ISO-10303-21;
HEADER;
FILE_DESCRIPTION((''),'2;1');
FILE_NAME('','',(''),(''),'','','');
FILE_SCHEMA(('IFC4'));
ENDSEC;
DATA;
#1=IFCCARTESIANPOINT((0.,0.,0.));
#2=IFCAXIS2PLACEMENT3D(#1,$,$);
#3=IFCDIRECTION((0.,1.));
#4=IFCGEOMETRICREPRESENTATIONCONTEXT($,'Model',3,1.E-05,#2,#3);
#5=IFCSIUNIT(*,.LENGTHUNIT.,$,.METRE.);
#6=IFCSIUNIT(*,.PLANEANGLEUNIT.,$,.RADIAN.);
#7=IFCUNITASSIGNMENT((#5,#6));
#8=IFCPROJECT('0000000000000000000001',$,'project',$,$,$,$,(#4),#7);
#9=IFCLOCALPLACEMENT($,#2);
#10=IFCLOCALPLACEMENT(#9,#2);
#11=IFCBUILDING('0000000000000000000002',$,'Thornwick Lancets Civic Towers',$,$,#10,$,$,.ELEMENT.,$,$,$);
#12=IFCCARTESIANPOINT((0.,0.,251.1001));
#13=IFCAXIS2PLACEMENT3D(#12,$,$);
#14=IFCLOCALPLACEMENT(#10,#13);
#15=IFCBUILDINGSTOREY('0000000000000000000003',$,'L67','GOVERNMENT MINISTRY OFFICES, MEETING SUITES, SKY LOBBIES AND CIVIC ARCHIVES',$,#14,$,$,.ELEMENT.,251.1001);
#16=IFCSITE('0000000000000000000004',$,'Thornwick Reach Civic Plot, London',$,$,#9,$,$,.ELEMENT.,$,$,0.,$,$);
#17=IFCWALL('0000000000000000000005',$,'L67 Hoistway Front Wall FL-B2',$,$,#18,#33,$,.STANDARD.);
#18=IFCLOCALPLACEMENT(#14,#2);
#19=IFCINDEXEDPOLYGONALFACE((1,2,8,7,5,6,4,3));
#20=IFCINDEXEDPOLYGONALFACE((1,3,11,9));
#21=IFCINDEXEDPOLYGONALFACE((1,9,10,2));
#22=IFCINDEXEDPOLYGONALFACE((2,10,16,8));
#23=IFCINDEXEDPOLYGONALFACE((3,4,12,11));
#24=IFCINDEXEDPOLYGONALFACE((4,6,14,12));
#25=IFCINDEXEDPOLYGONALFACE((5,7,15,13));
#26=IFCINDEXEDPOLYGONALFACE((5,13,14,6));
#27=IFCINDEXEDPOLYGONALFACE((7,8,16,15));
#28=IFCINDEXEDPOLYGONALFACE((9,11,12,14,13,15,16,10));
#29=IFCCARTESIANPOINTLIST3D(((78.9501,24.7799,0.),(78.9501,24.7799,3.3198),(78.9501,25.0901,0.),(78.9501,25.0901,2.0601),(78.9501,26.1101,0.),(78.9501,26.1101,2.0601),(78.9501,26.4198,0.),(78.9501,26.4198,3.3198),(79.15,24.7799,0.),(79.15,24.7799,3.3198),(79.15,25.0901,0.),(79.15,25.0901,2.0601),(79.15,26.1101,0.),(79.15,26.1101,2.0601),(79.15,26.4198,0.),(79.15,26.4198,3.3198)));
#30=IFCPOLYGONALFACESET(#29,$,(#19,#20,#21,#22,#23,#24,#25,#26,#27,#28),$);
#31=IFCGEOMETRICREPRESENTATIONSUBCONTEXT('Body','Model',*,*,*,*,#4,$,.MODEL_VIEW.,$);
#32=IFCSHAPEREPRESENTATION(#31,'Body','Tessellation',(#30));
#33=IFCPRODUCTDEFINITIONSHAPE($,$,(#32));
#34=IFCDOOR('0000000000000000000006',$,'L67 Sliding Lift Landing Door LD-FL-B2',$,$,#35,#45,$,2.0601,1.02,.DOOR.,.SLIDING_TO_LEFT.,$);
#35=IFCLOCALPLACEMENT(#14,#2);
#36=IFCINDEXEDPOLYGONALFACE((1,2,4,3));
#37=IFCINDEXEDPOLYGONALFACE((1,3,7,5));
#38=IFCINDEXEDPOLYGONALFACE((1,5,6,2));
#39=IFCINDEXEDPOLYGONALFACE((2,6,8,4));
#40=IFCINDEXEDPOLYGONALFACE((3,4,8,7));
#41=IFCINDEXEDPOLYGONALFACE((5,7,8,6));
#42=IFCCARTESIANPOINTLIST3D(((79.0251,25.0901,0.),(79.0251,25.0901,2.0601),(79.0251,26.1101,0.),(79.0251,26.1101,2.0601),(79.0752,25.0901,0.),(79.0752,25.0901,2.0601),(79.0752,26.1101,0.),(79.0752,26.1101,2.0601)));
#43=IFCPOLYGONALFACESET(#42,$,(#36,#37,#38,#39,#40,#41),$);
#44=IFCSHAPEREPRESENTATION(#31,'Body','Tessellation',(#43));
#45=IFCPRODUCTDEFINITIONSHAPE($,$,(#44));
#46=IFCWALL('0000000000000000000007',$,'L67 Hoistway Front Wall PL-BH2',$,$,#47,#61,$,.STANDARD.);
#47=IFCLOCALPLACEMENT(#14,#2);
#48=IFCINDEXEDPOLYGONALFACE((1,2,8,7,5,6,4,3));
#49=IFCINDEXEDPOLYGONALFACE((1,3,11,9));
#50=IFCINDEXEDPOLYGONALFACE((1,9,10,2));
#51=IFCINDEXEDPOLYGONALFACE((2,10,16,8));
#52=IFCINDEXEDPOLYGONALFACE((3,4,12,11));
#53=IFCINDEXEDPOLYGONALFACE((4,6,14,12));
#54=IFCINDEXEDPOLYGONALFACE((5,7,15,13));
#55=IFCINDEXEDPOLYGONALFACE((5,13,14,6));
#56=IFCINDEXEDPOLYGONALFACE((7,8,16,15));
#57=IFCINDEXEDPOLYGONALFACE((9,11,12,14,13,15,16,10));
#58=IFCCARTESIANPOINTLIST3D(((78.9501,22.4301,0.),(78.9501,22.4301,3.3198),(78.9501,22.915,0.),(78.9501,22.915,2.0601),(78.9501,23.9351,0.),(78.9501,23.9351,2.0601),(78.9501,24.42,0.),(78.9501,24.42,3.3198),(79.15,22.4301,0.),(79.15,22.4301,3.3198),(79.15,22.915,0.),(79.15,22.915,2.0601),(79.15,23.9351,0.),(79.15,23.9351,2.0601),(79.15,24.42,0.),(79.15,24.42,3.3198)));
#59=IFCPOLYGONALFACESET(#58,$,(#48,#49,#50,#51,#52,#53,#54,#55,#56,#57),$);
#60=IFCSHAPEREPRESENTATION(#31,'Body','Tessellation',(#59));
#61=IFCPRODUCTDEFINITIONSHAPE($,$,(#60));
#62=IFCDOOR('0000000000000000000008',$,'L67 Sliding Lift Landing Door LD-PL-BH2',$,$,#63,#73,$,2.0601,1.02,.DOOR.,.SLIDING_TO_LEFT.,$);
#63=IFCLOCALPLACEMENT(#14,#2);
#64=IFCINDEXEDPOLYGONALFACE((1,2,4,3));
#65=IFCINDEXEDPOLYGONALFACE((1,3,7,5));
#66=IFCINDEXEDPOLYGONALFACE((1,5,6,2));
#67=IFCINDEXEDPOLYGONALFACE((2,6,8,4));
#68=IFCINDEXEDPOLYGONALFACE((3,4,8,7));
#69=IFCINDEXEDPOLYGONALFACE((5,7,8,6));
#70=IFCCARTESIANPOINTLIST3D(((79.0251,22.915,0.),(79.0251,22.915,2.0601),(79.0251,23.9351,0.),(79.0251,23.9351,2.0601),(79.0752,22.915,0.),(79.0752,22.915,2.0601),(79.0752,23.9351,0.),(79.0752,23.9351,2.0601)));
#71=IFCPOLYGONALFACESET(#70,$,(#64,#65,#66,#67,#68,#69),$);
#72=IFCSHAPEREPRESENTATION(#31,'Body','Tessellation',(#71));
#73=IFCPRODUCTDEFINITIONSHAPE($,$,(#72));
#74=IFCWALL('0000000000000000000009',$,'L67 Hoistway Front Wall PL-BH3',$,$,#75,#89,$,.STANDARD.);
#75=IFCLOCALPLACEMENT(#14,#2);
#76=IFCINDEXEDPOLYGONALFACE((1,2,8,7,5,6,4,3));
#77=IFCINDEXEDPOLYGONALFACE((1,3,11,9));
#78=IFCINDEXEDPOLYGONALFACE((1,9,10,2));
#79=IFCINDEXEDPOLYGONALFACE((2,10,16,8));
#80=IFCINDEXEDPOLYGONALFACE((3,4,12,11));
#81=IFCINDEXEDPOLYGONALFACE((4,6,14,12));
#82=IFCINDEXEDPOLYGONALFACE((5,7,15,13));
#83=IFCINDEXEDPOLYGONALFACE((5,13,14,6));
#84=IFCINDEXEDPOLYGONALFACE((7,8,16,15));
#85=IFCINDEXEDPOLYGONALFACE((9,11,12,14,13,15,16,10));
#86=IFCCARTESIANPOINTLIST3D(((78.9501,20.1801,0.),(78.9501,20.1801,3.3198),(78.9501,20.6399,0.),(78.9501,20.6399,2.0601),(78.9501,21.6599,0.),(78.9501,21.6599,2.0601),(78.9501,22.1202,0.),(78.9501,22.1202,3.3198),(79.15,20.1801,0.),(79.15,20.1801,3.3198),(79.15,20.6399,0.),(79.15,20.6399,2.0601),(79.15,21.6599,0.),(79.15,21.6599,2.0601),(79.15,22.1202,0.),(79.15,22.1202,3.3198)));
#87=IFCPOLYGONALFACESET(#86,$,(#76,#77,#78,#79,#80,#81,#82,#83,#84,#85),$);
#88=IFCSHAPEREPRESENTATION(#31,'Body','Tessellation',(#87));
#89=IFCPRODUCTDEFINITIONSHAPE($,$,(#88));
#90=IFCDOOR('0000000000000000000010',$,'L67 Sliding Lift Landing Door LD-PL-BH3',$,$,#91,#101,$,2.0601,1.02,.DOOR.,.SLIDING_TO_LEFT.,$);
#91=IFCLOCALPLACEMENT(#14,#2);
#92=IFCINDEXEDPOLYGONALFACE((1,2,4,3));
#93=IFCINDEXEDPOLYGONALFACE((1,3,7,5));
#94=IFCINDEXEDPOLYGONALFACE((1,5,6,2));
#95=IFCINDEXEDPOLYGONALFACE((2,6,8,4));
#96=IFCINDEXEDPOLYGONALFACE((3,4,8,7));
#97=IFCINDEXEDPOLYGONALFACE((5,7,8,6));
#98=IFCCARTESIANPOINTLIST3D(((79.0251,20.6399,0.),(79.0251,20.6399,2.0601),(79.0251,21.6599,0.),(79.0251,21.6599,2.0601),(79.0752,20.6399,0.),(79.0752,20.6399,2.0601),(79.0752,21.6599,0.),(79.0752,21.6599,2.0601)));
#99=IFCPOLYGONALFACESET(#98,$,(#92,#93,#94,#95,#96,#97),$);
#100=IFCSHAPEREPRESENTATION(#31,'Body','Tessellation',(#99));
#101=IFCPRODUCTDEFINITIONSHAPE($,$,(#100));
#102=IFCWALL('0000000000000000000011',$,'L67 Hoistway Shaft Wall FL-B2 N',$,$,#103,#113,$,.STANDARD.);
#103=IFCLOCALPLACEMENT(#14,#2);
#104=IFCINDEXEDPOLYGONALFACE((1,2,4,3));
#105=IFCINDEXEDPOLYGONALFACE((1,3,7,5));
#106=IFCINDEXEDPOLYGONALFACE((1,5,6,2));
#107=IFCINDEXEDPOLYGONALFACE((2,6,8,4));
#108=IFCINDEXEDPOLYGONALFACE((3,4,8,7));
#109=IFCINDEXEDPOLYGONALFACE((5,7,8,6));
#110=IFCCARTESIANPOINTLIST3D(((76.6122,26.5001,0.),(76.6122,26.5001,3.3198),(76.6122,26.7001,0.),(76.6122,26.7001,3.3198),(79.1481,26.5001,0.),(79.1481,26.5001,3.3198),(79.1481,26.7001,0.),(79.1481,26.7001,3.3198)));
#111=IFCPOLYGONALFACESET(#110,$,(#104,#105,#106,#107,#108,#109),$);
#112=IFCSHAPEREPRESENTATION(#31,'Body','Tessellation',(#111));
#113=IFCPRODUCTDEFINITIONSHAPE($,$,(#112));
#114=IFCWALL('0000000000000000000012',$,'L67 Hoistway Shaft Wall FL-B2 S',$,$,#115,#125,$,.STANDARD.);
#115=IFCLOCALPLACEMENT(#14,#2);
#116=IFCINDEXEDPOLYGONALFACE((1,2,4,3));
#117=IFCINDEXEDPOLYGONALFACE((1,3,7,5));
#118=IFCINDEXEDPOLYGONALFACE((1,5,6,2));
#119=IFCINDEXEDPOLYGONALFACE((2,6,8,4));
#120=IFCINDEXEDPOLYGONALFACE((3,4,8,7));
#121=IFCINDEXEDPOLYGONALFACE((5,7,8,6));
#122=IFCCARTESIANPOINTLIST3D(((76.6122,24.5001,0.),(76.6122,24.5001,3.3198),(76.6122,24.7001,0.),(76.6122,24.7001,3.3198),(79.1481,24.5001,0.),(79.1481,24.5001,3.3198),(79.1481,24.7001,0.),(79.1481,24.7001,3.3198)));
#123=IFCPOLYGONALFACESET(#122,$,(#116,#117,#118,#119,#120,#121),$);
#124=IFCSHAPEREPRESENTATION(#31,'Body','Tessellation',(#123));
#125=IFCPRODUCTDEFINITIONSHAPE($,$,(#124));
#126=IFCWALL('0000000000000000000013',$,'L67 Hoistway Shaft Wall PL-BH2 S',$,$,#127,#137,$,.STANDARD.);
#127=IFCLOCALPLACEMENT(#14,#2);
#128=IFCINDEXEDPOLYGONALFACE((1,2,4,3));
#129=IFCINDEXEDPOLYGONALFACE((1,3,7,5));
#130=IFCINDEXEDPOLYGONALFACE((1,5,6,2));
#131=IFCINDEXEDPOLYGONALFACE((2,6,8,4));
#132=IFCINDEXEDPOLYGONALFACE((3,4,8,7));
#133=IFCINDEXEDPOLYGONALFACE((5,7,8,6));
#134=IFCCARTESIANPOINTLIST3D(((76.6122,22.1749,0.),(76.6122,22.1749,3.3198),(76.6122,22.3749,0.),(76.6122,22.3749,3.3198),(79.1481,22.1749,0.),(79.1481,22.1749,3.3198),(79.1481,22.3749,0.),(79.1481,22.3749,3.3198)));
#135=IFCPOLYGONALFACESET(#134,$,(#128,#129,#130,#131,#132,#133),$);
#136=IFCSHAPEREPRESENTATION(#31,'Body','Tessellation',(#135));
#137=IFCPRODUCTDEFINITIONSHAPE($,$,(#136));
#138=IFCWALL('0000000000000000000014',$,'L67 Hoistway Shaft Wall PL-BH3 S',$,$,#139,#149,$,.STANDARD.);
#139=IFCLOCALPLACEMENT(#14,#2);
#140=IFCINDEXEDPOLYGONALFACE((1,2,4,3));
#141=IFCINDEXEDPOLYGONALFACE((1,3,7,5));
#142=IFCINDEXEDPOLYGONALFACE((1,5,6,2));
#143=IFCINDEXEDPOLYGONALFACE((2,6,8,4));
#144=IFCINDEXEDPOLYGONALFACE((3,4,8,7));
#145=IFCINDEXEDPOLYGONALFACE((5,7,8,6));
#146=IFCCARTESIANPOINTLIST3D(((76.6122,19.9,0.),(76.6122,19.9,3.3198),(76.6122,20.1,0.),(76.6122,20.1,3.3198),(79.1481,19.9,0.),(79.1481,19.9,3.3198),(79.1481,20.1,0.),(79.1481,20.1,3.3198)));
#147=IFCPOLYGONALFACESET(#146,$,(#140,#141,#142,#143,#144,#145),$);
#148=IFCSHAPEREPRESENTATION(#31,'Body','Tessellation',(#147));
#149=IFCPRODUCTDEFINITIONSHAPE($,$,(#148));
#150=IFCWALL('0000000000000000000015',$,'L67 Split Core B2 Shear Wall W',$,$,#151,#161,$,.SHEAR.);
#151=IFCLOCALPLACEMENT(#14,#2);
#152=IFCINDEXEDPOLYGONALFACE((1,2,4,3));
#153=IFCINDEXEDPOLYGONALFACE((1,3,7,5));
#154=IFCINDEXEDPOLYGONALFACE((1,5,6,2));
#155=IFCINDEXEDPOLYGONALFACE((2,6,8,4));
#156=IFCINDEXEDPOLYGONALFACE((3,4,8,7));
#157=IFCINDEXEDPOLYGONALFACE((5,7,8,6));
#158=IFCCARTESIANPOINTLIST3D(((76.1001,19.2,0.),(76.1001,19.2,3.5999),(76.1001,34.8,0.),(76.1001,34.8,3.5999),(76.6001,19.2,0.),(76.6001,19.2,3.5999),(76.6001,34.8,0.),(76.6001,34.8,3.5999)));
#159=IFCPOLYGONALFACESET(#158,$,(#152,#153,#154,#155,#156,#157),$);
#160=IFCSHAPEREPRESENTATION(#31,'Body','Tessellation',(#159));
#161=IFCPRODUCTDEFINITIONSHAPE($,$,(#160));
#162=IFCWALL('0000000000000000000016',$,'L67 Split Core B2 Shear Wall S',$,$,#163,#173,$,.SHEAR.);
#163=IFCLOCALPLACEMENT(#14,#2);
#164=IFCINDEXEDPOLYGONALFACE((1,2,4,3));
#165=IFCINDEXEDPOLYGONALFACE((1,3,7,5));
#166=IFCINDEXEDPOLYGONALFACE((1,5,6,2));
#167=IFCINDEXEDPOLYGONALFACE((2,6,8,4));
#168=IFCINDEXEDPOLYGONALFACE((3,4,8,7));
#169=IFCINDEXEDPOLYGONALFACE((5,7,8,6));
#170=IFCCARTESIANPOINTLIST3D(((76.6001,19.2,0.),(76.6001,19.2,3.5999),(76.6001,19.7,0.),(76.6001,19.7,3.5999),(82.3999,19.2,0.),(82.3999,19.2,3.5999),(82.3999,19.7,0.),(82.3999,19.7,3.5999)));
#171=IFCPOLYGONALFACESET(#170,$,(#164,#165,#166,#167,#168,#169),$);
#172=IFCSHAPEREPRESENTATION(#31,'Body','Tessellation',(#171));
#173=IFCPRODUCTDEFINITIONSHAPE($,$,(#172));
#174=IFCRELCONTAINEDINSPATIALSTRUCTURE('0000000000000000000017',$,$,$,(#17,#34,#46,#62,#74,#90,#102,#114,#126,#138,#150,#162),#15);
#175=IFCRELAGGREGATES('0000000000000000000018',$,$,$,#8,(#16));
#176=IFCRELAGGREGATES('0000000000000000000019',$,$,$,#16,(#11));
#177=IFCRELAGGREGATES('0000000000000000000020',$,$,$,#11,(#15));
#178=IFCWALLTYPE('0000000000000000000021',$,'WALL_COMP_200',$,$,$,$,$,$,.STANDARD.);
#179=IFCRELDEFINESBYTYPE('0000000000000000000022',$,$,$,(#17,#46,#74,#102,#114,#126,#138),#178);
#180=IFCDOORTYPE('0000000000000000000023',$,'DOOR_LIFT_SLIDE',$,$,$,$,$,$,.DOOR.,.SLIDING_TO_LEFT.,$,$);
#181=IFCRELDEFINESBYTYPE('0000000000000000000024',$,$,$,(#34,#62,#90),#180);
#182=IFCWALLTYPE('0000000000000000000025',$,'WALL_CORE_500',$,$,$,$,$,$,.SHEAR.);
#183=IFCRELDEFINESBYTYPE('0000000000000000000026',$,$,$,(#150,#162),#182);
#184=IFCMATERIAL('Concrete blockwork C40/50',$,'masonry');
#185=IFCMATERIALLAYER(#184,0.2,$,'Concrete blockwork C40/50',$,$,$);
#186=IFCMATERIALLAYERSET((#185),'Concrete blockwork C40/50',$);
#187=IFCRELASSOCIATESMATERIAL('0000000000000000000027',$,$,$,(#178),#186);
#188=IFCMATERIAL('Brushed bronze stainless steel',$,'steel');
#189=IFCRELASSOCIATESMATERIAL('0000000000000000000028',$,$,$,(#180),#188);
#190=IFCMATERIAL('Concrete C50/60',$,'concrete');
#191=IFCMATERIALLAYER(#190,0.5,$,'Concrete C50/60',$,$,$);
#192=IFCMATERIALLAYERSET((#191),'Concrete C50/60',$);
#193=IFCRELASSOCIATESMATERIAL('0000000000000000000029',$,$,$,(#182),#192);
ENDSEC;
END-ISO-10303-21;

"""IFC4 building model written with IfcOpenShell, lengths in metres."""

from ifc_helpers import new_model, si_unit, direction, frame, frame_2d, origin, place, context, subcontext, project, spatial, rectangle, extrude, material, layer, layer_set, type_object, element, fill, save


model = new_model("IFC4")

# Units and contexts
model_context = context("Model", 3, precision=1e-05, world=origin(), true_north=direction((0.0, 1.0)))
body_context = subcontext(model_context, "Body", "Model", "MODEL_VIEW")
ifc_project = project(units=[si_unit("LENGTHUNIT", "METRE"), si_unit("PLANEANGLEUNIT", "RADIAN")], contexts=[model_context])

# Site, building, storey
site_placement = place(None, origin())
site = spatial("IfcSite", under=ifc_project, at=site_placement, Name="Thornwick Reach Civic Plot, London", CompositionType="ELEMENT", RefElevation=0.0)
building_placement = place(site_placement, origin())
building = spatial("IfcBuilding", under=site, at=building_placement, Name="Thornwick Lancets Civic Towers", CompositionType="ELEMENT")
storey_placement = place(building_placement, frame((0.0, 0.0, 251.1001)))
storey = spatial("IfcBuildingStorey", under=building, at=storey_placement, Name="L67", Description="GOVERNMENT MINISTRY OFFICES, MEETING SUITES, SKY LOBBIES AND CIVIC ARCHIVES", CompositionType="ELEMENT", Elevation=251.1001)

# Shared definitions
ifc_material_1 = material(Name="Concrete C50/60", Category="concrete")

# Walls, openings, doors
ifc_material_2 = material(Name="Concrete blockwork C40/50", Category="masonry")
ifc_layer_1 = layer(ifc_material_2, 0.2, Name="Concrete blockwork C40/50")
ifc_layer_set_1 = layer_set([ifc_layer_1], Name="Concrete blockwork C40/50")
wall_type_1 = type_object("IfcWallType", Name="WALL_COMP_200", PredefinedType="STANDARD", material=ifc_layer_set_1)
wall_1_placement = place(storey_placement, frame((79.05, 24.78, 0.0), z_axis=(0.0, 0.0, 1.0), x_axis=(0.0, 1.0, 0.0)))
wall_1 = element("IfcWall", 1, at=wall_1_placement, inside=storey, type_object=wall_type_1, Name="L67 Hoistway Front Wall FL-B2", PredefinedType="STANDARD", context=body_context, shape_type="SweptSolid", body=[
    extrude(rectangle(XDim=1.6399, YDim=0.2, at=frame_2d((0.8198, 0.0))), origin(), (0.0, 0.0, 1.0), 3.3198),
])
opening_1_placement = place(wall_1_placement, frame((0.3101, 0.0, 0.0)))
opening_1 = element("IfcOpeningElement", 2, at=opening_1_placement, cuts=wall_1, PredefinedType="OPENING", context=body_context, shape_type="SweptSolid", body=[
    extrude(rectangle(XDim=1.02, YDim=2.0601, at=frame_2d((0.51, 1.03))), frame((0.0, 0.1099, 0.0), z_axis=(0.0, -1.0, 0.0), x_axis=(1.0, 0.0, 0.0)), (0.0, 0.0, 1.0), 0.22),
])
ifc_material_3 = material(Name="Brushed bronze stainless steel", Category="steel")
door_type = type_object("IfcDoorType", Name="DOOR_LIFT_SLIDE", OperationType="SLIDING_TO_LEFT", PredefinedType="DOOR", material=ifc_material_3)
door_1_placement = place(opening_1_placement, origin())
door_1 = element("IfcDoor", 3, at=door_1_placement, inside=storey, type_object=door_type, Name="L67 Sliding Lift Landing Door LD-FL-B2", OperationType="SLIDING_TO_LEFT", OverallHeight=2.0601, OverallWidth=1.02, PredefinedType="DOOR", context=body_context, shape_type="SweptSolid", body=[
    extrude(rectangle(XDim=1.02, YDim=2.0601, at=frame_2d((0.51, 1.03))), frame((0.0, 0.0249, 0.0), z_axis=(0.0, -1.0, 0.0), x_axis=(1.0, 0.0, 0.0)), (0.0, 0.0, 1.0), 0.05),
])
fill(opening_1, door_1)
wall_2_placement = place(storey_placement, frame((79.05, 22.4299, 0.0), z_axis=(0.0, 0.0, 1.0), x_axis=(0.0, 1.0, 0.0)))
wall_2 = element("IfcWall", 4, at=wall_2_placement, inside=storey, type_object=wall_type_1, Name="L67 Hoistway Front Wall PL-BH2", PredefinedType="STANDARD", context=body_context, shape_type="SweptSolid", body=[
    extrude(rectangle(XDim=1.99, YDim=0.2, at=frame_2d((0.9951, 0.0))), origin(), (0.0, 0.0, 1.0), 3.3198),
])
opening_2_placement = place(wall_2_placement, frame((0.4851, 0.0, 0.0)))
opening_2 = element("IfcOpeningElement", 5, at=opening_2_placement, cuts=wall_2, PredefinedType="OPENING", context=body_context, shape_type="SweptSolid", body=[
    extrude(rectangle(XDim=1.02, YDim=2.0601, at=frame_2d((0.51, 1.03))), frame((0.0, 0.1099, 0.0), z_axis=(0.0, -1.0, 0.0), x_axis=(1.0, 0.0, 0.0)), (0.0, 0.0, 1.0), 0.22),
])
door_2_placement = place(opening_2_placement, origin())
door_2 = element("IfcDoor", 6, at=door_2_placement, inside=storey, type_object=door_type, Name="L67 Sliding Lift Landing Door LD-PL-BH2", OperationType="SLIDING_TO_LEFT", OverallHeight=2.0601, OverallWidth=1.02, PredefinedType="DOOR", context=body_context, shape_type="SweptSolid", body=[
    extrude(rectangle(XDim=1.02, YDim=2.0601, at=frame_2d((0.51, 1.03))), frame((0.0, 0.0249, 0.0), z_axis=(0.0, -1.0, 0.0), x_axis=(1.0, 0.0, 0.0)), (0.0, 0.0, 1.0), 0.05),
])
fill(opening_2, door_2)
wall_3_placement = place(storey_placement, frame((79.05, 20.1799, 0.0), z_axis=(0.0, 0.0, 1.0), x_axis=(0.0, 1.0, 0.0)))
wall_3 = element("IfcWall", 7, at=wall_3_placement, inside=storey, type_object=wall_type_1, Name="L67 Hoistway Front Wall PL-BH3", PredefinedType="STANDARD", context=body_context, shape_type="SweptSolid", body=[
    extrude(rectangle(XDim=1.9402, YDim=0.2, at=frame_2d((0.9702, 0.0))), origin(), (0.0, 0.0, 1.0), 3.3198),
])
opening_3_placement = place(wall_3_placement, frame((0.46, 0.0, 0.0)))
opening_3 = element("IfcOpeningElement", 8, at=opening_3_placement, cuts=wall_3, PredefinedType="OPENING", context=body_context, shape_type="SweptSolid", body=[
    extrude(rectangle(XDim=1.02, YDim=2.0601, at=frame_2d((0.51, 1.03))), frame((0.0, 0.1099, 0.0), z_axis=(0.0, -1.0, 0.0), x_axis=(1.0, 0.0, 0.0)), (0.0, 0.0, 1.0), 0.22),
])
door_3_placement = place(opening_3_placement, origin())
door_3 = element("IfcDoor", 9, at=door_3_placement, inside=storey, type_object=door_type, Name="L67 Sliding Lift Landing Door LD-PL-BH3", OperationType="SLIDING_TO_LEFT", OverallHeight=2.0601, OverallWidth=1.02, PredefinedType="DOOR", context=body_context, shape_type="SweptSolid", body=[
    extrude(rectangle(XDim=1.02, YDim=2.0601, at=frame_2d((0.51, 1.03))), frame((0.0, 0.0249, 0.0), z_axis=(0.0, -1.0, 0.0), x_axis=(1.0, 0.0, 0.0)), (0.0, 0.0, 1.0), 0.05),
])
fill(opening_3, door_3)

# Walls
for number, where, z_axis, x_axis, name in (
    (10, (76.6121, 26.6001, 0.0), (0.0, 0.0, 1.0), (1.0, 0.0, 0.0), "L67 Hoistway Shaft Wall FL-B2 N"),
    (11, (76.6121, 24.6001, 0.0), (0.0, 0.0, 1.0), (1.0, 0.0, 0.0), "L67 Hoistway Shaft Wall FL-B2 S"),
    (12, (76.6121, 22.2749, 0.0), (0.0, 0.0, 1.0), (1.0, 0.0, 0.0), "L67 Hoistway Shaft Wall PL-BH2 S"),
    (13, (76.6121, 20.0, 0.0), (0.0, 0.0, 1.0), (1.0, 0.0, 0.0), "L67 Hoistway Shaft Wall PL-BH3 S"),
):
    element("IfcWall", number, at=place(storey_placement, frame(where, z_axis=z_axis, x_axis=x_axis)), inside=storey, type_object=wall_type_1, Name=name, PredefinedType="STANDARD", context=body_context, shape_type="SweptSolid", body=[
        extrude(rectangle(XDim=2.5359, YDim=0.2, at=frame_2d((1.2681, 0.0))), origin(), (0.0, 0.0, 1.0), 3.3198),
    ])
ifc_layer_2 = layer(ifc_material_1, 0.5, Name="Concrete C50/60")
ifc_layer_set_2 = layer_set([ifc_layer_2], Name="Concrete C50/60")
wall_type_2 = type_object("IfcWallType", Name="WALL_CORE_500", PredefinedType="SHEAR", material=ifc_layer_set_2)
wall_4_placement = place(storey_placement, frame((76.3501, 19.2, 0.0), z_axis=(0.0, 0.0, 1.0), x_axis=(0.0, 1.0, 0.0)))
element("IfcWall", 14, at=wall_4_placement, inside=storey, type_object=wall_type_2, Name="L67 Split Core B2 Shear Wall W", PredefinedType="SHEAR", context=body_context, shape_type="SweptSolid", body=[
    extrude(rectangle(XDim=15.6001, YDim=0.5, at=frame_2d((7.8, 0.0))), origin(), (0.0, 0.0, 1.0), 3.5999),
])
wall_5_placement = place(storey_placement, frame((76.6001, 19.45, 0.0), z_axis=(0.0, 0.0, 1.0), x_axis=(1.0, 0.0, 0.0)))
element("IfcWall", 15, at=wall_5_placement, inside=storey, type_object=wall_type_2, Name="L67 Split Core B2 Shear Wall S", PredefinedType="SHEAR", context=body_context, shape_type="SweptSolid", body=[
    extrude(rectangle(XDim=5.7998, YDim=0.5, at=frame_2d((2.8999, 0.0))), origin(), (0.0, 0.0, 1.0), 3.5999),
])

save(model, "model.ifc")
